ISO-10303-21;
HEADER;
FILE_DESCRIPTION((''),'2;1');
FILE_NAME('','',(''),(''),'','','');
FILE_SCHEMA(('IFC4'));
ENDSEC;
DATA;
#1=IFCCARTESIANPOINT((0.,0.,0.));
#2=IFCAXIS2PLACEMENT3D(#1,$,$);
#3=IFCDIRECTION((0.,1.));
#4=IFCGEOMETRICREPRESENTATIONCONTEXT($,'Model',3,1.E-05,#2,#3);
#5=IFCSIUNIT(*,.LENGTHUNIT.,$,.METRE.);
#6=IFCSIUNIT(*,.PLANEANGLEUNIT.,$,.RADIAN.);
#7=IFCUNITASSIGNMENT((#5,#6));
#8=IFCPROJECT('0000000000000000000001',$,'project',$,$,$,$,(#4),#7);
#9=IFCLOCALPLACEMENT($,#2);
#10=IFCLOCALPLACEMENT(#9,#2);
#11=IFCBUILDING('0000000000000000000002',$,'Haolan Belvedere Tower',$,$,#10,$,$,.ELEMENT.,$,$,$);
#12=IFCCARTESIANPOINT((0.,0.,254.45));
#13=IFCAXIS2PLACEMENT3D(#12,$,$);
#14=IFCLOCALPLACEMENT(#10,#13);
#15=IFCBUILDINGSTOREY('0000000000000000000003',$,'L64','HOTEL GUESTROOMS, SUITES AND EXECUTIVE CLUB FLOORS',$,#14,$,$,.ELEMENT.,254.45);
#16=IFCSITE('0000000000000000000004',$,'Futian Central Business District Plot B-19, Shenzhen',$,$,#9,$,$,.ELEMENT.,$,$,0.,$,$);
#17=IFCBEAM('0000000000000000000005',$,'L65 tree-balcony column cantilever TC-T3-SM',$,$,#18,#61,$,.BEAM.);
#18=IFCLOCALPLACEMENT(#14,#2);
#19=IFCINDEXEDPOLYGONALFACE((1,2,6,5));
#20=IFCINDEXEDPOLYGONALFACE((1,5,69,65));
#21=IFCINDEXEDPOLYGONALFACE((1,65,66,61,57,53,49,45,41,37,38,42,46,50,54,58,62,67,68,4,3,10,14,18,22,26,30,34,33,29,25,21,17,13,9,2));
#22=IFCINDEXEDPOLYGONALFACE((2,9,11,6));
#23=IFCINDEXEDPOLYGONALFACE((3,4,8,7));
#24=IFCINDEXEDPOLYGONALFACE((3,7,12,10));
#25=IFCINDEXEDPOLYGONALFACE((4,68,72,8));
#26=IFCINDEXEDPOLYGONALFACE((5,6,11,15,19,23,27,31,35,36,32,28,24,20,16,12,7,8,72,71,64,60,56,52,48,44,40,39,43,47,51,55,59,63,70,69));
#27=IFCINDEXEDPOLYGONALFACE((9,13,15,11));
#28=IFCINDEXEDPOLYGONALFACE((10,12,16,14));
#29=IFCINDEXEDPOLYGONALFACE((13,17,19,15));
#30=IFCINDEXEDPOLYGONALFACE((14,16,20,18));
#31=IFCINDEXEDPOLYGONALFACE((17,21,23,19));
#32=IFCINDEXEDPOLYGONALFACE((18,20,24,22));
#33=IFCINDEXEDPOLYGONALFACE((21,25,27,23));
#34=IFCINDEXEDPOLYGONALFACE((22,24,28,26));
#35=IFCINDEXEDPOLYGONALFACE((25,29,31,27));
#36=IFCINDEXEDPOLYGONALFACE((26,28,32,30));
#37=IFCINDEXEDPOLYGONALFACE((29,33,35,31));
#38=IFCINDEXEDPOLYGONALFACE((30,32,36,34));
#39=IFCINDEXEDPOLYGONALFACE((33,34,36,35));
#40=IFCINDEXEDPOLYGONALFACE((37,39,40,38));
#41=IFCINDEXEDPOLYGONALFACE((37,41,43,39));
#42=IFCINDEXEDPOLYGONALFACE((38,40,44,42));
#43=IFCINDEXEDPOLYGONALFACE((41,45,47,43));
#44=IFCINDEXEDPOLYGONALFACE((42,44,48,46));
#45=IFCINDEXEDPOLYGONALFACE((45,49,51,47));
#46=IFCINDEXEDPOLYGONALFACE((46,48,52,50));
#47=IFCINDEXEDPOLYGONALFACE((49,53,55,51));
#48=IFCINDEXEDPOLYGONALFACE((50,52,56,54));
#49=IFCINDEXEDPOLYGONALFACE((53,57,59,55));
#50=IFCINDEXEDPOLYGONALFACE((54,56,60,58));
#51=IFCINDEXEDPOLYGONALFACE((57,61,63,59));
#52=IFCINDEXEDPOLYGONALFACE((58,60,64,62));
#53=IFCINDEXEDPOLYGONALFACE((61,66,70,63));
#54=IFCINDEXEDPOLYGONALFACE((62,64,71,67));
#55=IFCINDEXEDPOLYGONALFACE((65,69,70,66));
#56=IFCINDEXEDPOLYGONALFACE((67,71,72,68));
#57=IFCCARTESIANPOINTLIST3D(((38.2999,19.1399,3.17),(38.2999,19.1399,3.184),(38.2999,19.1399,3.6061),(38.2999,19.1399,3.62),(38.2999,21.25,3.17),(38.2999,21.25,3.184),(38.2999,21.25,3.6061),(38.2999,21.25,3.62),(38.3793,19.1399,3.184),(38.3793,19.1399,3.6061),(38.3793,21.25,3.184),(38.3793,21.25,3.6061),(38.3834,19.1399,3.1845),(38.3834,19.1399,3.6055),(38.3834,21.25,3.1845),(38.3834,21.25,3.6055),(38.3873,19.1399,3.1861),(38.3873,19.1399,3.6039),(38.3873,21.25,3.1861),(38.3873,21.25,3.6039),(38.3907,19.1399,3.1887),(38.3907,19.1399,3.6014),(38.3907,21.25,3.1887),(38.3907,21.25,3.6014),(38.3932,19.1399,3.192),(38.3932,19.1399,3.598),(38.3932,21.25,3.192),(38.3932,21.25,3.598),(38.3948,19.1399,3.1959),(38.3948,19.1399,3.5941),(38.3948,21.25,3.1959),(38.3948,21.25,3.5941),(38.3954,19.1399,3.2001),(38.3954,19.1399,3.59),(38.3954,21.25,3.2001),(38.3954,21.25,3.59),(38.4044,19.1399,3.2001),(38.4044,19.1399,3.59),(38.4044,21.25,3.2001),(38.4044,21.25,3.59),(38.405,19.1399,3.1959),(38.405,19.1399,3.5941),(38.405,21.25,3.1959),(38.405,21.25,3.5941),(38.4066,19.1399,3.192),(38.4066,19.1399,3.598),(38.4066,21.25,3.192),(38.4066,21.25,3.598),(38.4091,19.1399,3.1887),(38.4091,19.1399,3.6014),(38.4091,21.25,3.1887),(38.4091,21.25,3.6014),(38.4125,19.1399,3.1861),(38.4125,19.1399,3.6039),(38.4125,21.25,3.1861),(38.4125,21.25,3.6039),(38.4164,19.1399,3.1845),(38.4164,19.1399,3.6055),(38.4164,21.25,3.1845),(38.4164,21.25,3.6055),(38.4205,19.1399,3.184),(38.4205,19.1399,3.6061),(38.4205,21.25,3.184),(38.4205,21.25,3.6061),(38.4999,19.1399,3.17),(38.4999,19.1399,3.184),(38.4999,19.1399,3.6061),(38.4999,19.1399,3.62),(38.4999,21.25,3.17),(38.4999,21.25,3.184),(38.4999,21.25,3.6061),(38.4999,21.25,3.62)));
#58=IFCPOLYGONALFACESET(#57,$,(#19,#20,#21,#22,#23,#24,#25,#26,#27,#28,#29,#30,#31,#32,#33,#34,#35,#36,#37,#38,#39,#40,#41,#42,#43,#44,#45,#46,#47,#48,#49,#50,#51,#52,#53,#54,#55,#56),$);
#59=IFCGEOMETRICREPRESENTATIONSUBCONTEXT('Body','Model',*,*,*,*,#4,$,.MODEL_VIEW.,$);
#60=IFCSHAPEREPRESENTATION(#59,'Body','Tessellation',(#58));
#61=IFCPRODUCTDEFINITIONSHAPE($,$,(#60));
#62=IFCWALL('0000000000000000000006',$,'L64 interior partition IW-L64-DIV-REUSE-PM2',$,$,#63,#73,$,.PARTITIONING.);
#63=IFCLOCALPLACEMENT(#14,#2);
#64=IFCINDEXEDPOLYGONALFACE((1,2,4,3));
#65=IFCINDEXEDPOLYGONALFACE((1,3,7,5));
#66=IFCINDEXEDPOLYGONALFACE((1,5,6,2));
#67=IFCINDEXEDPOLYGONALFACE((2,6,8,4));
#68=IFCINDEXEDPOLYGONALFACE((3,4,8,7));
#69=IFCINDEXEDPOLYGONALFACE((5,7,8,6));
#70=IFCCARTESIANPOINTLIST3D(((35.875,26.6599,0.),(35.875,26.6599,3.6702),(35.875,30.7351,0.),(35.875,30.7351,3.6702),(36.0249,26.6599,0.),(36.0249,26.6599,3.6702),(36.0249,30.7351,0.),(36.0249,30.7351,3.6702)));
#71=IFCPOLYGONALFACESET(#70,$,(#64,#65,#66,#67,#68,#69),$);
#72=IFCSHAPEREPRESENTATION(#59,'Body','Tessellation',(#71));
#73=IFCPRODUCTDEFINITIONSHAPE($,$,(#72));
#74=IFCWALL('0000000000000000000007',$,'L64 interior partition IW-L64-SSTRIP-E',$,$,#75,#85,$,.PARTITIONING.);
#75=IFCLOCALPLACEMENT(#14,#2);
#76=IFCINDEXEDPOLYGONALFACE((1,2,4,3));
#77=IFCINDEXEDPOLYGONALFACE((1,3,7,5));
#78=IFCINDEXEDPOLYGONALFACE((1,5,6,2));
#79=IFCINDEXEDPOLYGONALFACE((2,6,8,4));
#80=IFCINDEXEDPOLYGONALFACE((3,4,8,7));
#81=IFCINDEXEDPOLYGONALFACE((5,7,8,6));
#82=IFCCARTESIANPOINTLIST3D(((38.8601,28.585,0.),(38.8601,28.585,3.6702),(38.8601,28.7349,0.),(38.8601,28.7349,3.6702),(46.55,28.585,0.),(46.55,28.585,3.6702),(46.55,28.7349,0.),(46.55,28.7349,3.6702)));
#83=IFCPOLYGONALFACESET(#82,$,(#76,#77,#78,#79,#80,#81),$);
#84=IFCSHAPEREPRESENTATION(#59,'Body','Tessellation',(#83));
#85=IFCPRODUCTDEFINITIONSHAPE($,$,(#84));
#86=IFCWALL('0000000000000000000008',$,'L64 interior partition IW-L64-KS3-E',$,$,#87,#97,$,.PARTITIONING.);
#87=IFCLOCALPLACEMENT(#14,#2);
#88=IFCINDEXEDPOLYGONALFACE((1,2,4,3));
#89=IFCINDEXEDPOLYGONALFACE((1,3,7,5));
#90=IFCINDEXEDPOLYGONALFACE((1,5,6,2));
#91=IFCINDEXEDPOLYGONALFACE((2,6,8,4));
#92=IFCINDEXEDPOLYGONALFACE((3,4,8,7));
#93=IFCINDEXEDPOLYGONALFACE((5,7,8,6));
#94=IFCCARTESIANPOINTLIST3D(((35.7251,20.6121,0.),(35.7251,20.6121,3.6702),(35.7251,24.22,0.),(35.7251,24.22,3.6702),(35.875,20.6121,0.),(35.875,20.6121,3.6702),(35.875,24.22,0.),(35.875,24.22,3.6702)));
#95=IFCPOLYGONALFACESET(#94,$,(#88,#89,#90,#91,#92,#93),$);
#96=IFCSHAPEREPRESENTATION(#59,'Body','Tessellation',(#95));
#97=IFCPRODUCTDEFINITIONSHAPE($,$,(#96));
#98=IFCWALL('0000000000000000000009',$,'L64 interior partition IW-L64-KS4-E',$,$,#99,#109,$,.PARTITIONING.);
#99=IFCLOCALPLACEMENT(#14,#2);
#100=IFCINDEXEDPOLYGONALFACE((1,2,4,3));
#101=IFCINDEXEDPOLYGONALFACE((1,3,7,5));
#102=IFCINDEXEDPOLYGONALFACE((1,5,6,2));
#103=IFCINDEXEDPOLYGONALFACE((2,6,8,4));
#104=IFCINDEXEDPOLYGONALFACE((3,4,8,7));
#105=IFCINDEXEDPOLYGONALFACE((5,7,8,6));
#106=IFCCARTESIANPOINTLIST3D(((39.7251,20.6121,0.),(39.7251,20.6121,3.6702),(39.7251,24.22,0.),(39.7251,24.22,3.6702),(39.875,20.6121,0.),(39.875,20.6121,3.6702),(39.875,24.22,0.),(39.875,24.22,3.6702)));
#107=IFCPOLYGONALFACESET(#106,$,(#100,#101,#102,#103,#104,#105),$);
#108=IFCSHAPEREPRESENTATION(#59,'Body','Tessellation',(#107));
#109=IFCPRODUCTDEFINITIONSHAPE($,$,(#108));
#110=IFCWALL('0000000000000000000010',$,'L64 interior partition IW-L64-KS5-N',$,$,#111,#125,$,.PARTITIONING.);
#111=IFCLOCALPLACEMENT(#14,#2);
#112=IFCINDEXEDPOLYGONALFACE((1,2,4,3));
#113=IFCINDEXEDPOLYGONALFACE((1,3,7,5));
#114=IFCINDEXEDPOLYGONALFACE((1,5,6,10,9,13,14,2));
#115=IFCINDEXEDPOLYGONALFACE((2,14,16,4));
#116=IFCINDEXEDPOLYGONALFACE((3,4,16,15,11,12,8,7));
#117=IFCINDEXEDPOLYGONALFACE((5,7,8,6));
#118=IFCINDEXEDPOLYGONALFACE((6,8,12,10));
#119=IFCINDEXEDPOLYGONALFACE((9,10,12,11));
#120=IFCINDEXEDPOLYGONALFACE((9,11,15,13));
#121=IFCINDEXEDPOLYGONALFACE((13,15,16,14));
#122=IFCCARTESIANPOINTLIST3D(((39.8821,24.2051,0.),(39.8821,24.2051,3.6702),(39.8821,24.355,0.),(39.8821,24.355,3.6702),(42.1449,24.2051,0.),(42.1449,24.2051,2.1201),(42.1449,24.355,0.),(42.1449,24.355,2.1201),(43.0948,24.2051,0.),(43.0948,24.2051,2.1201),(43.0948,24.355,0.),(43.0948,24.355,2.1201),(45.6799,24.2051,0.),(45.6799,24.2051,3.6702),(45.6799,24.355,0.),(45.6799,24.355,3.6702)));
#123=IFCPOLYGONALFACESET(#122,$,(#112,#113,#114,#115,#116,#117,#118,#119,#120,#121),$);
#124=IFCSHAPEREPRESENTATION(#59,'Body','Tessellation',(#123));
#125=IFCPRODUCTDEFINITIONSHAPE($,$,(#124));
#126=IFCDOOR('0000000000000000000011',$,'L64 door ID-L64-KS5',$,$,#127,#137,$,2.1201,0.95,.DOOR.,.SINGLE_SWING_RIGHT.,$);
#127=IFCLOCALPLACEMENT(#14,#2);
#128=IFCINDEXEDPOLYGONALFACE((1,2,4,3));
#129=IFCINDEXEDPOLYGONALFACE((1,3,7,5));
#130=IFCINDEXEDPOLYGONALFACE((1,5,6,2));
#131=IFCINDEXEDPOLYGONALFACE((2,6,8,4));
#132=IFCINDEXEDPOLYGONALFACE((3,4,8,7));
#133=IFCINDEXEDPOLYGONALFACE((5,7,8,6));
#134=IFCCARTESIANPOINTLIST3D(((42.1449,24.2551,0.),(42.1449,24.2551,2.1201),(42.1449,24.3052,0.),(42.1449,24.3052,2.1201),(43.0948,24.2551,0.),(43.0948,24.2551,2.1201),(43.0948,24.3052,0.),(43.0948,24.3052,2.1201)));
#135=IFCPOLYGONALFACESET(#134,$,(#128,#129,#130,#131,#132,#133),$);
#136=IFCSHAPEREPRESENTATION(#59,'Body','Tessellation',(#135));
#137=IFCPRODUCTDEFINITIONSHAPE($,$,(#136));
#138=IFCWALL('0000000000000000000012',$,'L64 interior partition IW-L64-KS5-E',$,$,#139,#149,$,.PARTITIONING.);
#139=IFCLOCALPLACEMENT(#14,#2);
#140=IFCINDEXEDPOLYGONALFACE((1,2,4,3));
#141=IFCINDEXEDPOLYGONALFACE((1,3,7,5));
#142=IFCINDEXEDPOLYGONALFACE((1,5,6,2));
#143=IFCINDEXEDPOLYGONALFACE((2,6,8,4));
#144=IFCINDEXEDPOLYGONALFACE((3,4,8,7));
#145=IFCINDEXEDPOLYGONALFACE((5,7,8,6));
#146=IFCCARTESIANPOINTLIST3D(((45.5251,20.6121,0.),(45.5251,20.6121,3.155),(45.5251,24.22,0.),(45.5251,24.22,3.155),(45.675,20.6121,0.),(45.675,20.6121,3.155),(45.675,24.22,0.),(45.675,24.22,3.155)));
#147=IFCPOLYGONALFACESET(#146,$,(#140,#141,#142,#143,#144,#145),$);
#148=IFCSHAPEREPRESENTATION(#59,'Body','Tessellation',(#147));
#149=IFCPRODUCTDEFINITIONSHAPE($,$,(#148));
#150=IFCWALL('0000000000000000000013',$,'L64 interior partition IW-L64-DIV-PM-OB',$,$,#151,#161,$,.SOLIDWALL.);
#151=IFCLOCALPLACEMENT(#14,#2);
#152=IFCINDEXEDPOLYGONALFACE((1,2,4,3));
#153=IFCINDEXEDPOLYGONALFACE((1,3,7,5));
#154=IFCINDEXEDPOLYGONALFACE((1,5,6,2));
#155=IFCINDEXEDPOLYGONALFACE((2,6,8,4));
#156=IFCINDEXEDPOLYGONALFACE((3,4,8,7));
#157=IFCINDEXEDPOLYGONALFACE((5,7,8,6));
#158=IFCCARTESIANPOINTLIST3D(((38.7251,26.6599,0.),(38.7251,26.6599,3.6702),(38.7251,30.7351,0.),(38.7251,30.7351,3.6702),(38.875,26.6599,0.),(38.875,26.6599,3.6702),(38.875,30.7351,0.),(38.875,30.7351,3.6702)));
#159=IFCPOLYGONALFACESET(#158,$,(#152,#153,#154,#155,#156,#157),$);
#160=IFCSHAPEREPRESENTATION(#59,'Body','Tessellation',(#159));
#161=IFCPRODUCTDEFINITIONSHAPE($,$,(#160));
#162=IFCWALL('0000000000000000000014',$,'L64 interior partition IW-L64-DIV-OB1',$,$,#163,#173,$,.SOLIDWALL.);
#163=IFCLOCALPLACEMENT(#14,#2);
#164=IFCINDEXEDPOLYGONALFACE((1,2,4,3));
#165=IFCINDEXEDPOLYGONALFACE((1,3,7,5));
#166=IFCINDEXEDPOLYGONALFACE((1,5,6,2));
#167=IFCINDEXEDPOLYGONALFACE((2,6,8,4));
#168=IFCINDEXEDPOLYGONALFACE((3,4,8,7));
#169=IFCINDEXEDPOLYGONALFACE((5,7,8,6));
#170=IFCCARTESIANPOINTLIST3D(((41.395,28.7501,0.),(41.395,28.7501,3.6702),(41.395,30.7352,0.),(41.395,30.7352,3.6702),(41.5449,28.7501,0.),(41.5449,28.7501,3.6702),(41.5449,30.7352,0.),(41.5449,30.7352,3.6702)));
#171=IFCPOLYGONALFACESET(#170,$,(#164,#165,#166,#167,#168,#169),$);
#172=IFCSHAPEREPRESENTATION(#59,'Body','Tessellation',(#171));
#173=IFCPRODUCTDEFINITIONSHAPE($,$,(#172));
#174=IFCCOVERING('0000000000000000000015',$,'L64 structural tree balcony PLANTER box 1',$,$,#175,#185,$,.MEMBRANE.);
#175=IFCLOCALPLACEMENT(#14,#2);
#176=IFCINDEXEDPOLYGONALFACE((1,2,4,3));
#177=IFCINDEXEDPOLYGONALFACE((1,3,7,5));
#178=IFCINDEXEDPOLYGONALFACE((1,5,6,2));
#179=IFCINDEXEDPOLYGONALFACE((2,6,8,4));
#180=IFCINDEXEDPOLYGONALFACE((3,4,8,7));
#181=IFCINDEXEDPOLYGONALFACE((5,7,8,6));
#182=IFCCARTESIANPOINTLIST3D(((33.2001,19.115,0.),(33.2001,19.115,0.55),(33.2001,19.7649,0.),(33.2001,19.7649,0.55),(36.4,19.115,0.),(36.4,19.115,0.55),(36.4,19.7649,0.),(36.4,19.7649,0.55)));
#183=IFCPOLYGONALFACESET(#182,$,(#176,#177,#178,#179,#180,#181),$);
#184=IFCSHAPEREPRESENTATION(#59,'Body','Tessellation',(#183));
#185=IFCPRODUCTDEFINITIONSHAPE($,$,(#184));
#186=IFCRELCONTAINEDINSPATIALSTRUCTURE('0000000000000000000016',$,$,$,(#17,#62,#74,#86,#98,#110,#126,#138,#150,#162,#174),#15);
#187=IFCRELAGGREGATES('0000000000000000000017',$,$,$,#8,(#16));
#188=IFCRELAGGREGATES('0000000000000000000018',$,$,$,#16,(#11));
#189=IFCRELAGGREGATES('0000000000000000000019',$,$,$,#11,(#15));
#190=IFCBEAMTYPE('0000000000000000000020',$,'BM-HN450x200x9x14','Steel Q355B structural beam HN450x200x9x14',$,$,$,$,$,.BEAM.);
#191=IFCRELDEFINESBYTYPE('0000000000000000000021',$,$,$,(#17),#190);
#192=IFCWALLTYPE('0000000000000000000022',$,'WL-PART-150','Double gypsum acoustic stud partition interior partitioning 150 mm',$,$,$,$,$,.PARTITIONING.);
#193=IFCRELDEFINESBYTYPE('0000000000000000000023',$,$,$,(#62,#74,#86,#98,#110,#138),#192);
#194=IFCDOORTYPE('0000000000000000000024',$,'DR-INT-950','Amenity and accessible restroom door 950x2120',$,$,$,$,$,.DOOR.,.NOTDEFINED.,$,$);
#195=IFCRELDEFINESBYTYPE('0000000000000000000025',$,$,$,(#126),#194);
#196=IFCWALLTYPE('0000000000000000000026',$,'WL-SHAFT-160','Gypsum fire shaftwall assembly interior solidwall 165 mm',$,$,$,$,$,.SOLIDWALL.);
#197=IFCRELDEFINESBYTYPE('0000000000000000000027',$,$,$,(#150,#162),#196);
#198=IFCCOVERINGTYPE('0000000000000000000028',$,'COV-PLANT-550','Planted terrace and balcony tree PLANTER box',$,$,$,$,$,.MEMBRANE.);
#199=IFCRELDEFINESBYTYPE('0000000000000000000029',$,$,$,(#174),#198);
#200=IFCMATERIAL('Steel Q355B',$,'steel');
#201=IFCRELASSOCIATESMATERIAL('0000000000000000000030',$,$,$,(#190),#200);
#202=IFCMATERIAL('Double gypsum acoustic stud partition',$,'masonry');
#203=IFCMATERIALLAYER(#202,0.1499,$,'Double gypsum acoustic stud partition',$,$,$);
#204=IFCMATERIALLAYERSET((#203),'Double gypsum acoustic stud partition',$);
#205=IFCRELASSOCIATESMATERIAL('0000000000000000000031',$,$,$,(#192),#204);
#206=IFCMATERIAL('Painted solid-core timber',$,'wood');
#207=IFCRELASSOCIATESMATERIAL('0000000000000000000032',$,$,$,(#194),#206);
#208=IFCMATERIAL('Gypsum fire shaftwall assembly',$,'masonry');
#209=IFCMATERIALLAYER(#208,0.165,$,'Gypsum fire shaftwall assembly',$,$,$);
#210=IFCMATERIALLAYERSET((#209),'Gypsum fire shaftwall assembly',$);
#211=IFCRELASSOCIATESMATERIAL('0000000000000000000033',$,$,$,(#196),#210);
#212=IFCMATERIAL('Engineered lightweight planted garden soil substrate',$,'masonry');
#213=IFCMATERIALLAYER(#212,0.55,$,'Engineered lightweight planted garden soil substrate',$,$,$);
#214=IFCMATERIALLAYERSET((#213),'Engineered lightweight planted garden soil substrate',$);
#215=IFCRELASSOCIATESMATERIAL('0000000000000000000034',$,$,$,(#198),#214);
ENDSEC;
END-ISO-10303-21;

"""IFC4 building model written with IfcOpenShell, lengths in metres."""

from ifc_helpers import new_model, si_unit, direction, frame, frame_2d, origin, origin_2d, place, context, subcontext, project, spatial, rectangle, i_section, extrude, material, layer, layer_set, material_profile, profile_set, type_object, element, fill, save


model = new_model("IFC4")

# Units and contexts
model_context = context("Model", 3, precision=1e-05, world=origin(), true_north=direction((0.0, 1.0)))
body_context = subcontext(model_context, "Body", "Model", "MODEL_VIEW")
ifc_project = project(units=[si_unit("LENGTHUNIT", "METRE"), si_unit("PLANEANGLEUNIT", "RADIAN")], contexts=[model_context])

# Site, building, storey
site_placement = place(None, origin())
site = spatial("IfcSite", under=ifc_project, at=site_placement, Name="Futian Central Business District Plot B-19, Shenzhen", CompositionType="ELEMENT", RefElevation=0.0)
building_placement = place(site_placement, origin())
building = spatial("IfcBuilding", under=site, at=building_placement, Name="Haolan Belvedere Tower", CompositionType="ELEMENT")
storey_placement = place(building_placement, frame((0.0, 0.0, 254.45)))
storey = spatial("IfcBuildingStorey", under=building, at=storey_placement, Name="L64", Description="HOTEL GUESTROOMS, SUITES AND EXECUTIVE CLUB FLOORS", CompositionType="ELEMENT", Elevation=254.45)

# Beam
ifc_material_1 = material(Name="Steel Q355B", Category="steel")
ifc_material_profile_1 = material_profile(ifc_material_1, i_section(OverallWidth=0.2, OverallDepth=0.45, WebThickness=0.009, FlangeThickness=0.0139, FilletRadius=0.0161, at=origin_2d()), Name="Steel Q355B")
ifc_profile_set_1 = profile_set([ifc_material_profile_1], Name="Steel Q355B")
beam_type_1 = type_object("IfcBeamType", Name="BM-HN450x200x9x14", Description="Steel Q355B structural beam HN450x200x9x14", PredefinedType="BEAM", material=ifc_profile_set_1)
beam_1_placement = place(storey_placement, frame((38.3999, 21.25, 3.395), z_axis=(0.0, -1.0, 0.0), x_axis=(1.0, 0.0, 0.0)))
element("IfcBeam", 1, at=beam_1_placement, inside=storey, type_object=beam_type_1, Name="L65 tree-balcony column cantilever TC-T3-SM", PredefinedType="BEAM", context=body_context, shape_type="SweptSolid", body=[
    extrude(i_section(OverallWidth=0.2, OverallDepth=0.45, WebThickness=0.009, FlangeThickness=0.0139, FilletRadius=0.0161, at=origin_2d()), origin(), (0.0, 0.0, 1.0), 2.1101),
])

# Walls
ifc_material_2 = material(Name="Double gypsum acoustic stud partition", Category="masonry")
ifc_layer_1 = layer(ifc_material_2, 0.1499, Name="Double gypsum acoustic stud partition")
ifc_layer_set_1 = layer_set([ifc_layer_1], Name="Double gypsum acoustic stud partition")
wall_type_1 = type_object("IfcWallType", Name="WL-PART-150", Description="Double gypsum acoustic stud partition interior partitioning 150 mm", PredefinedType="PARTITIONING", material=ifc_layer_set_1)
wall_1_placement = place(storey_placement, frame((35.95, 26.6599, 0.0), z_axis=(0.0, 0.0, 1.0), x_axis=(0.0, 1.0, 0.0)))
element("IfcWall", 2, at=wall_1_placement, inside=storey, type_object=wall_type_1, Name="L64 interior partition IW-L64-DIV-REUSE-PM2", PredefinedType="PARTITIONING", context=body_context, shape_type="SweptSolid", body=[
    extrude(rectangle(XDim=4.0752, YDim=0.1499, at=frame_2d((2.0376, 0.0))), origin(), (0.0, 0.0, 1.0), 3.6702),
])
wall_2_placement = place(storey_placement, frame((38.8601, 28.6599, 0.0), z_axis=(0.0, 0.0, 1.0), x_axis=(1.0, 0.0, 0.0)))
element("IfcWall", 3, at=wall_2_placement, inside=storey, type_object=wall_type_1, Name="L64 interior partition IW-L64-SSTRIP-E", PredefinedType="PARTITIONING", context=body_context, shape_type="SweptSolid", body=[
    extrude(rectangle(XDim=7.6899, YDim=0.1499, at=frame_2d((3.845, 0.0))), origin(), (0.0, 0.0, 1.0), 3.6702),
])
wall_3_placement = place(storey_placement, frame((35.8, 20.6121, 0.0), z_axis=(0.0, 0.0, 1.0), x_axis=(0.0, 1.0, 0.0)))
element("IfcWall", 4, at=wall_3_placement, inside=storey, type_object=wall_type_1, Name="L64 interior partition IW-L64-KS3-E", PredefinedType="PARTITIONING", context=body_context, shape_type="SweptSolid", body=[
    extrude(rectangle(XDim=3.6079, YDim=0.1499, at=frame_2d((1.804, 0.0))), origin(), (0.0, 0.0, 1.0), 3.6702),
])

# Shared definitions
ifc_material_3 = material(Name="Painted solid-core timber", Category="wood")
door_type = type_object("IfcDoorType", Name="DR-INT-950", Description="Amenity and accessible restroom door 950x2120", OperationType="NOTDEFINED", PredefinedType="DOOR", material=ifc_material_3)

# Wall
wall_4_placement = place(storey_placement, frame((39.8, 20.6121, 0.0), z_axis=(0.0, 0.0, 1.0), x_axis=(0.0, 1.0, 0.0)))
element("IfcWall", 5, at=wall_4_placement, inside=storey, type_object=wall_type_1, Name="L64 interior partition IW-L64-KS4-E", PredefinedType="PARTITIONING", context=body_context, shape_type="SweptSolid", body=[
    extrude(rectangle(XDim=3.6079, YDim=0.1499, at=frame_2d((1.804, 0.0))), origin(), (0.0, 0.0, 1.0), 3.6702),
])

# Wall, opening, door
wall_5_placement = place(storey_placement, frame((39.8821, 24.28, 0.0), z_axis=(0.0, 0.0, 1.0), x_axis=(1.0, 0.0, 0.0)))
wall_5 = element("IfcWall", 6, at=wall_5_placement, inside=storey, type_object=wall_type_1, Name="L64 interior partition IW-L64-KS5-N", PredefinedType="PARTITIONING", context=body_context, shape_type="SweptSolid", body=[
    extrude(rectangle(XDim=5.7979, YDim=0.1499, at=frame_2d((2.8989, 0.0))), origin(), (0.0, 0.0, 1.0), 3.6702),
])
opening_1_placement = place(wall_5_placement, frame((3.2129, 0.0, 0.0), z_axis=(0.0, 0.0, 1.0), x_axis=(-1.0, 0.0, 0.0)))
opening_1 = element("IfcOpeningElement", 7, at=opening_1_placement, cuts=wall_5, PredefinedType="OPENING", context=body_context, shape_type="SweptSolid", body=[
    extrude(rectangle(XDim=0.95, YDim=2.1201, at=frame_2d((0.4751, 1.0601))), frame((0.0, 0.085, 0.0), z_axis=(0.0, -1.0, 0.0), x_axis=(1.0, 0.0, 0.0)), (0.0, 0.0, 1.0), 0.1699),
])
door_1_placement = place(opening_1_placement, origin())
door_1 = element("IfcDoor", 8, at=door_1_placement, inside=storey, type_object=door_type, Name="L64 door ID-L64-KS5", OperationType="SINGLE_SWING_RIGHT", OverallHeight=2.1201, OverallWidth=0.95, PredefinedType="DOOR", context=body_context, shape_type="SweptSolid", body=[
    extrude(rectangle(XDim=0.95, YDim=2.1201, at=frame_2d((0.4751, 1.0601))), frame((0.0, 0.0249, 0.0), z_axis=(0.0, -1.0, 0.0), x_axis=(1.0, 0.0, 0.0)), (0.0, 0.0, 1.0), 0.05),
])
fill(opening_1, door_1)

# Walls
wall_6_placement = place(storey_placement, frame((45.6001, 20.6121, 0.0), z_axis=(0.0, 0.0, 1.0), x_axis=(0.0, 1.0, 0.0)))
element("IfcWall", 9, at=wall_6_placement, inside=storey, type_object=wall_type_1, Name="L64 interior partition IW-L64-KS5-E", PredefinedType="PARTITIONING", context=body_context, shape_type="SweptSolid", body=[
    extrude(rectangle(XDim=3.6079, YDim=0.1499, at=frame_2d((1.804, 0.0))), origin(), (0.0, 0.0, 1.0), 3.155),
])
ifc_material_4 = material(Name="Gypsum fire shaftwall assembly", Category="masonry")
ifc_layer_2 = layer(ifc_material_4, 0.165, Name="Gypsum fire shaftwall assembly")
ifc_layer_set_2 = layer_set([ifc_layer_2], Name="Gypsum fire shaftwall assembly")
wall_type_2 = type_object("IfcWallType", Name="WL-SHAFT-160", Description="Gypsum fire shaftwall assembly interior solidwall 165 mm", PredefinedType="SOLIDWALL", material=ifc_layer_set_2)
wall_7_placement = place(storey_placement, frame((38.8, 26.6599, 0.0), z_axis=(0.0, 0.0, 1.0), x_axis=(0.0, 1.0, 0.0)))
element("IfcWall", 10, at=wall_7_placement, inside=storey, type_object=wall_type_2, Name="L64 interior partition IW-L64-DIV-PM-OB", PredefinedType="SOLIDWALL", context=body_context, shape_type="SweptSolid", body=[
    extrude(rectangle(XDim=4.0752, YDim=0.1499, at=frame_2d((2.0376, 0.0))), origin(), (0.0, 0.0, 1.0), 3.6702),
])
wall_8_placement = place(storey_placement, frame((41.47, 28.75, 0.0), z_axis=(0.0, 0.0, 1.0), x_axis=(0.0, 1.0, 0.0)))
element("IfcWall", 11, at=wall_8_placement, inside=storey, type_object=wall_type_2, Name="L64 interior partition IW-L64-DIV-OB1", PredefinedType="SOLIDWALL", context=body_context, shape_type="SweptSolid", body=[
    extrude(rectangle(XDim=1.9851, YDim=0.1499, at=frame_2d((0.9927, 0.0))), origin(), (0.0, 0.0, 1.0), 3.6702),
])

# Covering
ifc_material_5 = material(Name="Engineered lightweight planted garden soil substrate", Category="masonry")
ifc_layer_3 = layer(ifc_material_5, 0.55, Name="Engineered lightweight planted garden soil substrate")
ifc_layer_set_3 = layer_set([ifc_layer_3], Name="Engineered lightweight planted garden soil substrate")
covering_type = type_object("IfcCoveringType", Name="COV-PLANT-550", Description="Planted terrace and balcony tree PLANTER box", PredefinedType="MEMBRANE", material=ifc_layer_set_3)
covering_placement = place(storey_placement, frame((34.8, 19.4399, 0.0), z_axis=(0.0, 0.0, 1.0), x_axis=(1.0, 0.0, 0.0)))
element("IfcCovering", 12, at=covering_placement, inside=storey, type_object=covering_type, Name="L64 structural tree balcony PLANTER box 1", PredefinedType="MEMBRANE", context=body_context, shape_type="SweptSolid", body=[
    extrude(rectangle(XDim=3.2, YDim=0.6499, at=origin_2d()), origin(), (0.0, 0.0, 1.0), 0.55),
])

save(model, "model.ifc")
